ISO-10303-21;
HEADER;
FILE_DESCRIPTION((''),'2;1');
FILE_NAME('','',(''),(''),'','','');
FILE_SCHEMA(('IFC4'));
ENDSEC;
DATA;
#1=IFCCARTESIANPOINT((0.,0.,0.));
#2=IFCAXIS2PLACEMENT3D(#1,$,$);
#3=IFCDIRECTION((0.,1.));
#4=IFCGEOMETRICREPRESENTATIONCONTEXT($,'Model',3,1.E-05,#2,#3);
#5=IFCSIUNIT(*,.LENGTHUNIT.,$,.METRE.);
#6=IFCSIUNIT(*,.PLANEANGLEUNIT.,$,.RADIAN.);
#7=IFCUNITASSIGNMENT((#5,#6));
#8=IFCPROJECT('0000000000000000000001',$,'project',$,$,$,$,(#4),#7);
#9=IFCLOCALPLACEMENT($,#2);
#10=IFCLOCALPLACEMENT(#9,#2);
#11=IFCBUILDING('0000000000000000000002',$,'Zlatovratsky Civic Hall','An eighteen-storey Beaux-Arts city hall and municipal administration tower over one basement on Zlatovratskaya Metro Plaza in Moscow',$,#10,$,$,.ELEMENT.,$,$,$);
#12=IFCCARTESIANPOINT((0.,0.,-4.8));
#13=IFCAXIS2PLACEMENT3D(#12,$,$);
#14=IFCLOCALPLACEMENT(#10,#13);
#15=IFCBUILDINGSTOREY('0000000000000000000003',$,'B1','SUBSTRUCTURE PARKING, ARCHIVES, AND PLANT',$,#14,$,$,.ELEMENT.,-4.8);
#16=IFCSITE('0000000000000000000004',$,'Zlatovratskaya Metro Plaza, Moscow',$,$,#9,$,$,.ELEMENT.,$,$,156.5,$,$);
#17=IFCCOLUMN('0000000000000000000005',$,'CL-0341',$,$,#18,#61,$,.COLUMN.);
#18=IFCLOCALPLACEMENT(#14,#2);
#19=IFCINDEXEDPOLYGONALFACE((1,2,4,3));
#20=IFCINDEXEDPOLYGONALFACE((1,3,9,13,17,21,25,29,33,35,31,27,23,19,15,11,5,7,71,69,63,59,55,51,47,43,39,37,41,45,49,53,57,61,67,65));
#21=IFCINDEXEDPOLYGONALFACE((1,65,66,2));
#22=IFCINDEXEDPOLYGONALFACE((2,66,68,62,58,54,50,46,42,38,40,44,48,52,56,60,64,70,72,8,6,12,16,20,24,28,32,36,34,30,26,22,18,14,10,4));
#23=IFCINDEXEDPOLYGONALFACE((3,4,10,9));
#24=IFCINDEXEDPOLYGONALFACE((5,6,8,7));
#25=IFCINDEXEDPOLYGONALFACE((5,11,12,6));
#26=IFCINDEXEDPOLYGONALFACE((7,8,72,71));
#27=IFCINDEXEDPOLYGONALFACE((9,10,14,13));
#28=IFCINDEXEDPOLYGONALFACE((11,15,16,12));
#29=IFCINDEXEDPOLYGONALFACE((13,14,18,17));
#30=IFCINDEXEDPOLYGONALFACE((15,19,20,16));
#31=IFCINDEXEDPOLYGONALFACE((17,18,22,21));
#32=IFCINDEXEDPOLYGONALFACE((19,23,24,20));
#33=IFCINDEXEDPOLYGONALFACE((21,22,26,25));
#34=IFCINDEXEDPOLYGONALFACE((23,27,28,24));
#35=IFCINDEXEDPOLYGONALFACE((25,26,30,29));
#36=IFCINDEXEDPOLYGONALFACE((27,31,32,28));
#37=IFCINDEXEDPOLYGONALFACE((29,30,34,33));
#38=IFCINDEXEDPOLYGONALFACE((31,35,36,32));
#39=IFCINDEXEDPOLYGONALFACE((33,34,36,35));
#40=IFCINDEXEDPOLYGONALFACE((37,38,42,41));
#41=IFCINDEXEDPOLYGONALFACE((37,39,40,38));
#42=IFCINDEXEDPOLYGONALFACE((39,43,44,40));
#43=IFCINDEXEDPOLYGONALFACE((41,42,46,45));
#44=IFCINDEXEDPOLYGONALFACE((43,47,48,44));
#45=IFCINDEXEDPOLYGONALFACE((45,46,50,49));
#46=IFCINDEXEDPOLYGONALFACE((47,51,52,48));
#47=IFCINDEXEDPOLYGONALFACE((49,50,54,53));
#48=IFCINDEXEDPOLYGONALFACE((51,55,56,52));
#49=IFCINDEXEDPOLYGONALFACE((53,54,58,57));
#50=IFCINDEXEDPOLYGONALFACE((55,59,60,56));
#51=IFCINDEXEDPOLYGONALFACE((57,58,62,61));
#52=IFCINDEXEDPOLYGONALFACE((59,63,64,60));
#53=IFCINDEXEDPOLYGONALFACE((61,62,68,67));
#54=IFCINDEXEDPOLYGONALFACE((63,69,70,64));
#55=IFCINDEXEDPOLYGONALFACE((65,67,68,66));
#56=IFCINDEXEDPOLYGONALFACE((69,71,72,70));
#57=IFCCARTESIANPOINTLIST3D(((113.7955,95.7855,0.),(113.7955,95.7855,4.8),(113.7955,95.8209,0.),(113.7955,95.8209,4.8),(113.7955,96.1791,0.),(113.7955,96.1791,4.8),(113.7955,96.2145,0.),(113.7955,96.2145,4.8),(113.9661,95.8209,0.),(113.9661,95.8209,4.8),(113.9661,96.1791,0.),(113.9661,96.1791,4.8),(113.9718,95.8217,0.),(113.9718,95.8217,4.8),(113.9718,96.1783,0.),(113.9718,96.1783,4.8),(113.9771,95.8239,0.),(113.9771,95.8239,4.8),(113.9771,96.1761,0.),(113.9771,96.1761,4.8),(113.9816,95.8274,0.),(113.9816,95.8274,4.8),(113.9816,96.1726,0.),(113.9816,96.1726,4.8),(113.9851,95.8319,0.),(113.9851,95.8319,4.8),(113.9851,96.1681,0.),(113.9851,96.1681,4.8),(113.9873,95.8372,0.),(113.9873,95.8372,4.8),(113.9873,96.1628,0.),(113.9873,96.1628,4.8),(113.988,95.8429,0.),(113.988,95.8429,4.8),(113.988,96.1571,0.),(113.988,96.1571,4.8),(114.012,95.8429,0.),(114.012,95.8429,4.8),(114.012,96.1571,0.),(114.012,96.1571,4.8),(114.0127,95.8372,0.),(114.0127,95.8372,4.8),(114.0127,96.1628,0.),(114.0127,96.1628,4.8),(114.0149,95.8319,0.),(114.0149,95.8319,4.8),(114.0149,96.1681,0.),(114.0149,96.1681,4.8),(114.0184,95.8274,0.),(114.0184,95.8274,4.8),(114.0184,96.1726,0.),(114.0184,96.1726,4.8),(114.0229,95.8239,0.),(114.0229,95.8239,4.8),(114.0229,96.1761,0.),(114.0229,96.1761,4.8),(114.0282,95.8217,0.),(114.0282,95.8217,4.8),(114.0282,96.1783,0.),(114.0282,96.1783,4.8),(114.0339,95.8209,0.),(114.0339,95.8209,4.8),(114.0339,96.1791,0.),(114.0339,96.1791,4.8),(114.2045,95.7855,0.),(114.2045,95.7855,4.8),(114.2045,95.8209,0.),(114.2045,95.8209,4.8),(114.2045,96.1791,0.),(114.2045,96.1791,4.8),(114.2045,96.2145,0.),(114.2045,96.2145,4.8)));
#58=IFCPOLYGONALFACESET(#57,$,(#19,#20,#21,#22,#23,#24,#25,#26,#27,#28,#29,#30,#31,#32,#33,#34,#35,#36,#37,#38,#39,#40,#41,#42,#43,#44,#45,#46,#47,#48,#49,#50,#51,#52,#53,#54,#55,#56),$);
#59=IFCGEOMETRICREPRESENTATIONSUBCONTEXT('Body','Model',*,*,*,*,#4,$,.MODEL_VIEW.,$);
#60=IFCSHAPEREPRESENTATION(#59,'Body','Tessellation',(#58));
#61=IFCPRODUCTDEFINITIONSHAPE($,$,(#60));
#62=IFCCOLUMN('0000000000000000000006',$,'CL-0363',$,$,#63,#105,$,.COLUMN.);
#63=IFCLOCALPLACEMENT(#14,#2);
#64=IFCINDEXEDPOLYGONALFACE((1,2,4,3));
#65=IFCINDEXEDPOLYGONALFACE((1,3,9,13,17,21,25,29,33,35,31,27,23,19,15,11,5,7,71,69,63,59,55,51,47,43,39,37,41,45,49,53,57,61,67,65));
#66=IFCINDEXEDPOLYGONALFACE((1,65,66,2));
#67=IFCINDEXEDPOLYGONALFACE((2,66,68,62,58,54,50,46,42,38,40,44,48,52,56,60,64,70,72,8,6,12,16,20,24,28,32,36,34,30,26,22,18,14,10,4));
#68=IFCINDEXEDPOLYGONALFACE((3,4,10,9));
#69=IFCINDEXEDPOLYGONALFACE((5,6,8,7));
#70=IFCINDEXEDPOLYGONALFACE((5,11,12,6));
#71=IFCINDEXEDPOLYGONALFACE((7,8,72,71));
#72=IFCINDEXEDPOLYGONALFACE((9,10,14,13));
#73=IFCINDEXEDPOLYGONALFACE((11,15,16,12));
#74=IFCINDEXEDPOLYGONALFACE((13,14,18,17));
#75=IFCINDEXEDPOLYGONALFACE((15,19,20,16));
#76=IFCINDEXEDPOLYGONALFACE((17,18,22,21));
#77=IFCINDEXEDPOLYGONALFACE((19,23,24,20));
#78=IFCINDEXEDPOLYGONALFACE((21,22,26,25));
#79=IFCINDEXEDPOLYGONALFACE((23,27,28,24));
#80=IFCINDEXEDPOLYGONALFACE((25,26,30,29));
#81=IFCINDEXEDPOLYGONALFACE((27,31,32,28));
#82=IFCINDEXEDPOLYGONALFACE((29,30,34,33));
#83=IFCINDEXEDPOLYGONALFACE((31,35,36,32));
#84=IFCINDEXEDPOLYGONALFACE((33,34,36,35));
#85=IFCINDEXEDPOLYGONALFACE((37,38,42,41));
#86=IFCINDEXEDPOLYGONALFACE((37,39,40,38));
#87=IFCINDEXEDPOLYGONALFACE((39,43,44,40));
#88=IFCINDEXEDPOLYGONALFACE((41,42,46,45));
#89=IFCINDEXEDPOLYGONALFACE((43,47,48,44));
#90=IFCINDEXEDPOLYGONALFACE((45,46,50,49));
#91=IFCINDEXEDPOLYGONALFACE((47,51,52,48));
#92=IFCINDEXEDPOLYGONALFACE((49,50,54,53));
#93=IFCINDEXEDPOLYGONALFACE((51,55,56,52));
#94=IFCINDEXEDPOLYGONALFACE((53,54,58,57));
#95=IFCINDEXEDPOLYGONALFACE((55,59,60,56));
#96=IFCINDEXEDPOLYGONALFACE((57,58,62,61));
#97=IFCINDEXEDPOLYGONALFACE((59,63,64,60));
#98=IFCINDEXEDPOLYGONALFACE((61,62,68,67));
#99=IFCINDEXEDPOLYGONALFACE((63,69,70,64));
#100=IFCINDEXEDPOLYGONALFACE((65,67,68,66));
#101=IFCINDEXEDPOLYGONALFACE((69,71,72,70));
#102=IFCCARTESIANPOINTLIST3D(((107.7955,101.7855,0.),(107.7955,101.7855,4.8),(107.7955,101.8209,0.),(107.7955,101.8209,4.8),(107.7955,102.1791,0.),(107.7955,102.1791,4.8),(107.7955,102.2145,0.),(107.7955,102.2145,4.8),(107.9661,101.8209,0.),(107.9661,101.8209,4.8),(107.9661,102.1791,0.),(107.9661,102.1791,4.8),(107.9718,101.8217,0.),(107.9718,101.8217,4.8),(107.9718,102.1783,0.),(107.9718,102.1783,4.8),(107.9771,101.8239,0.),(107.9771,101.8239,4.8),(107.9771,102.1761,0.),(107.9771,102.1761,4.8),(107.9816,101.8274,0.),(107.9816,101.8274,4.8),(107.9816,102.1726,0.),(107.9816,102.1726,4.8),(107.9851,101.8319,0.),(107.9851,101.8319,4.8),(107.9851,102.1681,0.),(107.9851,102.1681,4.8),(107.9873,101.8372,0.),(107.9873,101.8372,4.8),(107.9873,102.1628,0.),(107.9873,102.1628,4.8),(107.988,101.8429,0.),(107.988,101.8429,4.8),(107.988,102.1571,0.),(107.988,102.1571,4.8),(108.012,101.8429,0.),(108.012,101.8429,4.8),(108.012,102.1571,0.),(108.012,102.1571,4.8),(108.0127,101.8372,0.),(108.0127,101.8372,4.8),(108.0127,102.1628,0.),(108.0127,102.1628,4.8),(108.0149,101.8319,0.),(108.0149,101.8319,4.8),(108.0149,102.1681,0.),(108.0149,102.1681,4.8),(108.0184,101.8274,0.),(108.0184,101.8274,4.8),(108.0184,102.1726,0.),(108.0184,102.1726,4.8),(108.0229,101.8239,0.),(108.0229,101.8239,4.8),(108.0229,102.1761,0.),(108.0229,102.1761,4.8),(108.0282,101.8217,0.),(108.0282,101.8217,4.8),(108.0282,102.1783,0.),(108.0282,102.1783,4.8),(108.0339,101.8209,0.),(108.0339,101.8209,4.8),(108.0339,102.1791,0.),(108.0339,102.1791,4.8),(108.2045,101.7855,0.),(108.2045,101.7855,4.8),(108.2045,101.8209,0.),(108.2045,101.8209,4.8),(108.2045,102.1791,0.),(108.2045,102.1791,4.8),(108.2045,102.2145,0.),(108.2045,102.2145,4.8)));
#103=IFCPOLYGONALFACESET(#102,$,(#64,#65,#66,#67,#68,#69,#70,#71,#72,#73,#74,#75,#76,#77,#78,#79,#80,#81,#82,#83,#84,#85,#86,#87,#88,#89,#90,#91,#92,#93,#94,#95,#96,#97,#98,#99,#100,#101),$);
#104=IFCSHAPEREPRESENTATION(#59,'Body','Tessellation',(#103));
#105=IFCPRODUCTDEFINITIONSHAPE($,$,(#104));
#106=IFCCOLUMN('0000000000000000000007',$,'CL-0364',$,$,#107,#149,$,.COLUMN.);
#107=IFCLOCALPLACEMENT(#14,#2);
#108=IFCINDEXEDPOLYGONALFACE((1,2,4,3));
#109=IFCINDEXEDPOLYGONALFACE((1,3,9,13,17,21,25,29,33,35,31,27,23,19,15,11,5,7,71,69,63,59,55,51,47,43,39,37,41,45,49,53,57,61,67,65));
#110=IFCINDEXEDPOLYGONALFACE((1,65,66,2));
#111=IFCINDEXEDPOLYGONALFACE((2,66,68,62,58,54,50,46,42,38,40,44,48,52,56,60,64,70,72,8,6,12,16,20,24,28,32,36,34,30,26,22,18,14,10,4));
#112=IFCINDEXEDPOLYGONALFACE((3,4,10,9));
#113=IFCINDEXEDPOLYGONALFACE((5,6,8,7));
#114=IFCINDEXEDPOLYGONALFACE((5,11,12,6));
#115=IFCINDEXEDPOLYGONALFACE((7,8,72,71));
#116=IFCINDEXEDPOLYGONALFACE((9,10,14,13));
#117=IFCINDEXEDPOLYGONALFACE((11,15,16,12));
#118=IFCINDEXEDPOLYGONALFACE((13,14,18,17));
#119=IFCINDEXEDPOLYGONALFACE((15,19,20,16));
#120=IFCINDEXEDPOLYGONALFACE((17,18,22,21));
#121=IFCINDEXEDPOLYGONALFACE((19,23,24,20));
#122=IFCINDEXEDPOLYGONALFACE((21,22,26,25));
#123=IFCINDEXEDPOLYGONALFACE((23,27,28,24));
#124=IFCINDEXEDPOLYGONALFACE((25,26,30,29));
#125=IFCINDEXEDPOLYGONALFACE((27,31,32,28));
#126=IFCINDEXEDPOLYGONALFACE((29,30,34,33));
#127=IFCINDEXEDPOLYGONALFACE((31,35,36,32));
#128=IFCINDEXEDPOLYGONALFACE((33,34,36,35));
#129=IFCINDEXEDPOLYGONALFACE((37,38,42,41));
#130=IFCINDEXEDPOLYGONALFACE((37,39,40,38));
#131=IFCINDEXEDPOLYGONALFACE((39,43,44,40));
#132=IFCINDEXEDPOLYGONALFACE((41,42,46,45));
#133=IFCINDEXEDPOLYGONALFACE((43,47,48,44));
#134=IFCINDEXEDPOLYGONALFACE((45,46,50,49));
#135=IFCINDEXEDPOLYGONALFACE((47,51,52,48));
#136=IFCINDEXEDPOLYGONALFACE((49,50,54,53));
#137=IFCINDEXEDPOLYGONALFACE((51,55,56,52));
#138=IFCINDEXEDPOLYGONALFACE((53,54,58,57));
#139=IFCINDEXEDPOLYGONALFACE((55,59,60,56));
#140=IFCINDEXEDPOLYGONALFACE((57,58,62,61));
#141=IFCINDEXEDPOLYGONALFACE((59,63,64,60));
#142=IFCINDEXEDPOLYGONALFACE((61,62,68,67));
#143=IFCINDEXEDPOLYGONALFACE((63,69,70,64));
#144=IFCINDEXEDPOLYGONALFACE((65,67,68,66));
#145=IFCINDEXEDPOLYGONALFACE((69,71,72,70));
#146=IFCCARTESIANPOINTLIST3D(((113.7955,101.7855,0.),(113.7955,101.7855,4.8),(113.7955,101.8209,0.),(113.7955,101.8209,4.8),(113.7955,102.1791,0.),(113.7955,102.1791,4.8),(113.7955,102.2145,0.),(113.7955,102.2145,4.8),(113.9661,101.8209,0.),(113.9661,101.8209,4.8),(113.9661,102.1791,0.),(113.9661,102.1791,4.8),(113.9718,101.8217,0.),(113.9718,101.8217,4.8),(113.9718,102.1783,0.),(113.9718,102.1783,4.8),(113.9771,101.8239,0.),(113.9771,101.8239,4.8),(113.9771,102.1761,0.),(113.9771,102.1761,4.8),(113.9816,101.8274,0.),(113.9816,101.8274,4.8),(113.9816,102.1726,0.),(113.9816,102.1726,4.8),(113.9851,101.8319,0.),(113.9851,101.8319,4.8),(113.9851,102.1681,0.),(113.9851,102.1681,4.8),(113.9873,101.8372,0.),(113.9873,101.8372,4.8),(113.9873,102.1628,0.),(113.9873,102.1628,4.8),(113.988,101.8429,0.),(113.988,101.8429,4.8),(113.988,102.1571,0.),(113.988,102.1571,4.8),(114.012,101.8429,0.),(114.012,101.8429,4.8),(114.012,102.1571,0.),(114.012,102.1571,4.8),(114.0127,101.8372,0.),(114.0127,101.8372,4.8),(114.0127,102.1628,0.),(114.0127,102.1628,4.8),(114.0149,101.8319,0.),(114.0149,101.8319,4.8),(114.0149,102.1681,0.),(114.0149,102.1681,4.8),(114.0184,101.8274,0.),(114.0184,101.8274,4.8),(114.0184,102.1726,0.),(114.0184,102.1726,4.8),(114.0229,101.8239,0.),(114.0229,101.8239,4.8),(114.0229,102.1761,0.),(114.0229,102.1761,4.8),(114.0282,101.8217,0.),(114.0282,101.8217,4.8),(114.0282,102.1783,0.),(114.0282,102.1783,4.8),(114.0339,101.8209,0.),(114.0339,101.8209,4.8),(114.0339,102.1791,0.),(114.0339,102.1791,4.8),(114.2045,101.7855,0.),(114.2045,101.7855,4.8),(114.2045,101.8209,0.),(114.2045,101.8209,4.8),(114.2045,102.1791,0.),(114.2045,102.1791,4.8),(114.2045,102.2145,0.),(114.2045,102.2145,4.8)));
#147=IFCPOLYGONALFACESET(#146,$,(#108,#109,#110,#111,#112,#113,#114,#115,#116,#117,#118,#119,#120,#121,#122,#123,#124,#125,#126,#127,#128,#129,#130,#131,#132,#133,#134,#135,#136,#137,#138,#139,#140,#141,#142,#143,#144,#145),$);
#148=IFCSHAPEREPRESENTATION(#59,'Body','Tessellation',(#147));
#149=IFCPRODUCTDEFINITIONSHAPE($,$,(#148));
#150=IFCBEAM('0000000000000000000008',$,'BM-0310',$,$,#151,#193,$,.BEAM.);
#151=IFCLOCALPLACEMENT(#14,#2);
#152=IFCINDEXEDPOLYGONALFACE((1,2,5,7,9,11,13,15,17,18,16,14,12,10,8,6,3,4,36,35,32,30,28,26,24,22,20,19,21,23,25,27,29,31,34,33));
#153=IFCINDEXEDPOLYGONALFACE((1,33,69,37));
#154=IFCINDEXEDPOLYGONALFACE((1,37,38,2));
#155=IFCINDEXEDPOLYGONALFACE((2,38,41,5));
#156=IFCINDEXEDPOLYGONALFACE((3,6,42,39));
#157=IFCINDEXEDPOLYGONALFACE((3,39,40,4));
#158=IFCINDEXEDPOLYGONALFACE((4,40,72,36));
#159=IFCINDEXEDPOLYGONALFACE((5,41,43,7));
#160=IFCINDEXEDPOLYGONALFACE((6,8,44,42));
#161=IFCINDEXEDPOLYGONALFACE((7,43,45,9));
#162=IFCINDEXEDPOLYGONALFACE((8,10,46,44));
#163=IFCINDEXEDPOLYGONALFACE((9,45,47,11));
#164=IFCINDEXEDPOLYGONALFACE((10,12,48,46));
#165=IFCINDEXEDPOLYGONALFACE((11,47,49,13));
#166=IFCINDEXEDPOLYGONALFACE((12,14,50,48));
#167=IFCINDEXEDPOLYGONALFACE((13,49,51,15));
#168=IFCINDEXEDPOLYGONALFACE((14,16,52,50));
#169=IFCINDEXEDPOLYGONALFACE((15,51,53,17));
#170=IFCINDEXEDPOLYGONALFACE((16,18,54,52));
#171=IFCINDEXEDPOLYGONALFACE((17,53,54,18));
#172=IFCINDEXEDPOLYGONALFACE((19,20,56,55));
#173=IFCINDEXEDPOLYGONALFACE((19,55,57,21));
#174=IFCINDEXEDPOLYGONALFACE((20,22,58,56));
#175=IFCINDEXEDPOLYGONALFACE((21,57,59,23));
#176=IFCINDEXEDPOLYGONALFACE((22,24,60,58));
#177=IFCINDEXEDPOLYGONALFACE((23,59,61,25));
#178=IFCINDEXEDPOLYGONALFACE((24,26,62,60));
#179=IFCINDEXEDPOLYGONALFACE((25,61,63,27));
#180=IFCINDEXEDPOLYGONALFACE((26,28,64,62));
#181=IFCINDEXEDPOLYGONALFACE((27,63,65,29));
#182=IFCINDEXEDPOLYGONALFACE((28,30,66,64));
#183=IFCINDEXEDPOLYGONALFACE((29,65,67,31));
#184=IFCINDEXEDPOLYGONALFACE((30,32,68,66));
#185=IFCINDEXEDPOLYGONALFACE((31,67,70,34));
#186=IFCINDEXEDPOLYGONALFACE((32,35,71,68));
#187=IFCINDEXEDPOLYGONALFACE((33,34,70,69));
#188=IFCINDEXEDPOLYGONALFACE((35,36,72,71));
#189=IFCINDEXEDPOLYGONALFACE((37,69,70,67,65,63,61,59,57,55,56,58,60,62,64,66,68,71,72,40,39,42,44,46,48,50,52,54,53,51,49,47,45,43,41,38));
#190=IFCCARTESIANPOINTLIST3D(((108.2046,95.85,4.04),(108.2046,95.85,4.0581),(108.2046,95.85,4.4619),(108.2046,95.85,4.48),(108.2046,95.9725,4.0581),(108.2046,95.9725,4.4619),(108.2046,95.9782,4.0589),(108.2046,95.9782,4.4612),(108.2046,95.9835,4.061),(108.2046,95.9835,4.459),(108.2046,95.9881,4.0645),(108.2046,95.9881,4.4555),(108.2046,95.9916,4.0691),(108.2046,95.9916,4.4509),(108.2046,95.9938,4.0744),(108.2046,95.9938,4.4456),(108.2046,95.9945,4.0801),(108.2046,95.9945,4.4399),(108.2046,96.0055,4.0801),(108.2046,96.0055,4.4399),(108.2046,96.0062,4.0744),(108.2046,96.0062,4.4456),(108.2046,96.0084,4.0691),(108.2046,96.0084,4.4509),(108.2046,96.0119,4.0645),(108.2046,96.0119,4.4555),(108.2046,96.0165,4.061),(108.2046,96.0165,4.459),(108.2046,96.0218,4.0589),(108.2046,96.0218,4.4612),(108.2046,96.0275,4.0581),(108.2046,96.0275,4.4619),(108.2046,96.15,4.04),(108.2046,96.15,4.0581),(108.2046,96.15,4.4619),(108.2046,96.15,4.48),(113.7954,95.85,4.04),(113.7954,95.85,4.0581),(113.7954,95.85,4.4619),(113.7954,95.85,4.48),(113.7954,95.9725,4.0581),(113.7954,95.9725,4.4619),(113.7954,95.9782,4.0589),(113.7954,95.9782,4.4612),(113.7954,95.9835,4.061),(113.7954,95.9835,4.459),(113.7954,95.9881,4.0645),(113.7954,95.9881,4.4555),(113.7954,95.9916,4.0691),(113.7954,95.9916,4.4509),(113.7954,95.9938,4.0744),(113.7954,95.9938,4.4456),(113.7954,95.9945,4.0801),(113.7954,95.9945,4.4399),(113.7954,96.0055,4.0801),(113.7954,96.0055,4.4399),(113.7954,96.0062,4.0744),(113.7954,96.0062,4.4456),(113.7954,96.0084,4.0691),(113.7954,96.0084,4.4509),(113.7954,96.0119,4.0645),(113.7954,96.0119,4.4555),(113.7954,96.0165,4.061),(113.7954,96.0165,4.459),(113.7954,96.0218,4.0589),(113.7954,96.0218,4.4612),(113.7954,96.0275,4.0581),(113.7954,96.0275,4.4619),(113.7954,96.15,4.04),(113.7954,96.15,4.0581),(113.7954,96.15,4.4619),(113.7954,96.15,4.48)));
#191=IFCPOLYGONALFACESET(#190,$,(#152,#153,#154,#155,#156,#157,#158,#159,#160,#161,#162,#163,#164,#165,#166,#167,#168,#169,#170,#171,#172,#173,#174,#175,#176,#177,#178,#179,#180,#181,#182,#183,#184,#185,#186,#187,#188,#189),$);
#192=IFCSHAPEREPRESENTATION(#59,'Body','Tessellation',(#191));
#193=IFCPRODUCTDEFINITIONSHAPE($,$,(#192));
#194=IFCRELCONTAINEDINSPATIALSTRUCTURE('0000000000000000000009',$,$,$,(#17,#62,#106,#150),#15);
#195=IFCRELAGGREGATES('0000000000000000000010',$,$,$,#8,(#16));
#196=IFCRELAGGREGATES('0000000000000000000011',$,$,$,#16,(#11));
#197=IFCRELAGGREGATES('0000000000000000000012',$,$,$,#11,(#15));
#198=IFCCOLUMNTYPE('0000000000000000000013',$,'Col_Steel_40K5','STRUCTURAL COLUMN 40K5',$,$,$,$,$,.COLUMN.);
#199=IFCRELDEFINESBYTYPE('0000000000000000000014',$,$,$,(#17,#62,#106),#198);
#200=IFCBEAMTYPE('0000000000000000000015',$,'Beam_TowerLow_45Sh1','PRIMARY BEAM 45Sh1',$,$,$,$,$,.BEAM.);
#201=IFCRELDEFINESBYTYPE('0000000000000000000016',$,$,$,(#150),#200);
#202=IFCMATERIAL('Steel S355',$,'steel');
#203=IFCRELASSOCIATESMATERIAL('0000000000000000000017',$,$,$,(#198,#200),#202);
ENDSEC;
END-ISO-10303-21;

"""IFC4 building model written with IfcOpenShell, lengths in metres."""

from ifc_helpers import new_model, si_unit, direction, frame, origin, origin_2d, place, context, subcontext, project, spatial, i_section, extrude, material, material_profile, profile_set, type_object, element, save


model = new_model("IFC4")

# Units and contexts
model_context = context("Model", 3, precision=1e-05, world=origin(), true_north=direction((0.0, 1.0)))
body_context = subcontext(model_context, "Body", "Model", "MODEL_VIEW")
ifc_project = project(units=[si_unit("LENGTHUNIT", "METRE"), si_unit("PLANEANGLEUNIT", "RADIAN")], contexts=[model_context])

# Site, building, storey
site_placement = place(None, origin())
site = spatial("IfcSite", under=ifc_project, at=site_placement, Name="Zlatovratskaya Metro Plaza, Moscow", CompositionType="ELEMENT", RefElevation=156.5)
building_placement = place(site_placement, origin())
building = spatial("IfcBuilding", under=site, at=building_placement, Name="Zlatovratsky Civic Hall", Description="An eighteen-storey Beaux-Arts city hall and municipal administration tower over one basement on Zlatovratskaya Metro Plaza in Moscow", CompositionType="ELEMENT")
storey_placement = place(building_placement, frame((0.0, 0.0, -4.8)))
storey = spatial("IfcBuildingStorey", under=building, at=storey_placement, Name="B1", Description="SUBSTRUCTURE PARKING, ARCHIVES, AND PLANT", CompositionType="ELEMENT", Elevation=-4.8)

# Columns
ifc_material_1 = material(Name="Steel S355", Category="steel")
ifc_material_profile_1 = material_profile(ifc_material_1, i_section(OverallWidth=0.4089, OverallDepth=0.429, WebThickness=0.0239, FlangeThickness=0.0354, FilletRadius=0.022, at=origin_2d()), Name="40K5")
ifc_profile_set_1 = profile_set([ifc_material_profile_1], Name="Steel S355")
column_type = type_object("IfcColumnType", Name="Col_Steel_40K5", Description="STRUCTURAL COLUMN 40K5", PredefinedType="COLUMN", material=ifc_profile_set_1)
for number, where, z_axis, x_axis, name in (
    (1, (114.0, 96.0, 0.0), (0.0, 0.0, 1.0), (1.0, 0.0, 0.0), "CL-0341"),
    (2, (108.0, 102.0, 0.0), (0.0, 0.0, 1.0), (1.0, 0.0, 0.0), "CL-0363"),
    (3, (114.0, 102.0, 0.0), (0.0, 0.0, 1.0), (1.0, 0.0, 0.0), "CL-0364"),
):
    element("IfcColumn", number, at=place(storey_placement, frame(where, z_axis=z_axis, x_axis=x_axis)), inside=storey, type_object=column_type, Name=name, PredefinedType="COLUMN", context=body_context, shape_type="SweptSolid", body=[
        extrude(i_section(OverallWidth=0.4089, OverallDepth=0.429, WebThickness=0.0239, FlangeThickness=0.0354, FilletRadius=0.022, at=origin_2d()), origin(), (0.0, 0.0, 1.0), 4.8),
    ])

# Beam
ifc_material_profile_2 = material_profile(ifc_material_1, i_section(OverallWidth=0.3, OverallDepth=0.4399, WebThickness=0.011, FlangeThickness=0.0181, FilletRadius=0.022, at=origin_2d()), Name="45Sh1")
ifc_profile_set_2 = profile_set([ifc_material_profile_2], Name="Steel S355")
beam_type = type_object("IfcBeamType", Name="Beam_TowerLow_45Sh1", Description="PRIMARY BEAM 45Sh1", PredefinedType="BEAM", material=ifc_profile_set_2)
beam_1_placement = place(storey_placement, frame((108.2046, 96.0, 4.26), z_axis=(1.0, 0.0, 0.0), x_axis=(0.0, 1.0, 0.0)))
element("IfcBeam", 4, at=beam_1_placement, inside=storey, type_object=beam_type, Name="BM-0310", PredefinedType="BEAM", context=body_context, shape_type="SweptSolid", body=[
    extrude(i_section(OverallWidth=0.3, OverallDepth=0.4399, WebThickness=0.011, FlangeThickness=0.0181, FilletRadius=0.022, at=origin_2d()), origin(), (0.0, 0.0, 1.0), 5.5908),
])

save(model, "model.ifc")
